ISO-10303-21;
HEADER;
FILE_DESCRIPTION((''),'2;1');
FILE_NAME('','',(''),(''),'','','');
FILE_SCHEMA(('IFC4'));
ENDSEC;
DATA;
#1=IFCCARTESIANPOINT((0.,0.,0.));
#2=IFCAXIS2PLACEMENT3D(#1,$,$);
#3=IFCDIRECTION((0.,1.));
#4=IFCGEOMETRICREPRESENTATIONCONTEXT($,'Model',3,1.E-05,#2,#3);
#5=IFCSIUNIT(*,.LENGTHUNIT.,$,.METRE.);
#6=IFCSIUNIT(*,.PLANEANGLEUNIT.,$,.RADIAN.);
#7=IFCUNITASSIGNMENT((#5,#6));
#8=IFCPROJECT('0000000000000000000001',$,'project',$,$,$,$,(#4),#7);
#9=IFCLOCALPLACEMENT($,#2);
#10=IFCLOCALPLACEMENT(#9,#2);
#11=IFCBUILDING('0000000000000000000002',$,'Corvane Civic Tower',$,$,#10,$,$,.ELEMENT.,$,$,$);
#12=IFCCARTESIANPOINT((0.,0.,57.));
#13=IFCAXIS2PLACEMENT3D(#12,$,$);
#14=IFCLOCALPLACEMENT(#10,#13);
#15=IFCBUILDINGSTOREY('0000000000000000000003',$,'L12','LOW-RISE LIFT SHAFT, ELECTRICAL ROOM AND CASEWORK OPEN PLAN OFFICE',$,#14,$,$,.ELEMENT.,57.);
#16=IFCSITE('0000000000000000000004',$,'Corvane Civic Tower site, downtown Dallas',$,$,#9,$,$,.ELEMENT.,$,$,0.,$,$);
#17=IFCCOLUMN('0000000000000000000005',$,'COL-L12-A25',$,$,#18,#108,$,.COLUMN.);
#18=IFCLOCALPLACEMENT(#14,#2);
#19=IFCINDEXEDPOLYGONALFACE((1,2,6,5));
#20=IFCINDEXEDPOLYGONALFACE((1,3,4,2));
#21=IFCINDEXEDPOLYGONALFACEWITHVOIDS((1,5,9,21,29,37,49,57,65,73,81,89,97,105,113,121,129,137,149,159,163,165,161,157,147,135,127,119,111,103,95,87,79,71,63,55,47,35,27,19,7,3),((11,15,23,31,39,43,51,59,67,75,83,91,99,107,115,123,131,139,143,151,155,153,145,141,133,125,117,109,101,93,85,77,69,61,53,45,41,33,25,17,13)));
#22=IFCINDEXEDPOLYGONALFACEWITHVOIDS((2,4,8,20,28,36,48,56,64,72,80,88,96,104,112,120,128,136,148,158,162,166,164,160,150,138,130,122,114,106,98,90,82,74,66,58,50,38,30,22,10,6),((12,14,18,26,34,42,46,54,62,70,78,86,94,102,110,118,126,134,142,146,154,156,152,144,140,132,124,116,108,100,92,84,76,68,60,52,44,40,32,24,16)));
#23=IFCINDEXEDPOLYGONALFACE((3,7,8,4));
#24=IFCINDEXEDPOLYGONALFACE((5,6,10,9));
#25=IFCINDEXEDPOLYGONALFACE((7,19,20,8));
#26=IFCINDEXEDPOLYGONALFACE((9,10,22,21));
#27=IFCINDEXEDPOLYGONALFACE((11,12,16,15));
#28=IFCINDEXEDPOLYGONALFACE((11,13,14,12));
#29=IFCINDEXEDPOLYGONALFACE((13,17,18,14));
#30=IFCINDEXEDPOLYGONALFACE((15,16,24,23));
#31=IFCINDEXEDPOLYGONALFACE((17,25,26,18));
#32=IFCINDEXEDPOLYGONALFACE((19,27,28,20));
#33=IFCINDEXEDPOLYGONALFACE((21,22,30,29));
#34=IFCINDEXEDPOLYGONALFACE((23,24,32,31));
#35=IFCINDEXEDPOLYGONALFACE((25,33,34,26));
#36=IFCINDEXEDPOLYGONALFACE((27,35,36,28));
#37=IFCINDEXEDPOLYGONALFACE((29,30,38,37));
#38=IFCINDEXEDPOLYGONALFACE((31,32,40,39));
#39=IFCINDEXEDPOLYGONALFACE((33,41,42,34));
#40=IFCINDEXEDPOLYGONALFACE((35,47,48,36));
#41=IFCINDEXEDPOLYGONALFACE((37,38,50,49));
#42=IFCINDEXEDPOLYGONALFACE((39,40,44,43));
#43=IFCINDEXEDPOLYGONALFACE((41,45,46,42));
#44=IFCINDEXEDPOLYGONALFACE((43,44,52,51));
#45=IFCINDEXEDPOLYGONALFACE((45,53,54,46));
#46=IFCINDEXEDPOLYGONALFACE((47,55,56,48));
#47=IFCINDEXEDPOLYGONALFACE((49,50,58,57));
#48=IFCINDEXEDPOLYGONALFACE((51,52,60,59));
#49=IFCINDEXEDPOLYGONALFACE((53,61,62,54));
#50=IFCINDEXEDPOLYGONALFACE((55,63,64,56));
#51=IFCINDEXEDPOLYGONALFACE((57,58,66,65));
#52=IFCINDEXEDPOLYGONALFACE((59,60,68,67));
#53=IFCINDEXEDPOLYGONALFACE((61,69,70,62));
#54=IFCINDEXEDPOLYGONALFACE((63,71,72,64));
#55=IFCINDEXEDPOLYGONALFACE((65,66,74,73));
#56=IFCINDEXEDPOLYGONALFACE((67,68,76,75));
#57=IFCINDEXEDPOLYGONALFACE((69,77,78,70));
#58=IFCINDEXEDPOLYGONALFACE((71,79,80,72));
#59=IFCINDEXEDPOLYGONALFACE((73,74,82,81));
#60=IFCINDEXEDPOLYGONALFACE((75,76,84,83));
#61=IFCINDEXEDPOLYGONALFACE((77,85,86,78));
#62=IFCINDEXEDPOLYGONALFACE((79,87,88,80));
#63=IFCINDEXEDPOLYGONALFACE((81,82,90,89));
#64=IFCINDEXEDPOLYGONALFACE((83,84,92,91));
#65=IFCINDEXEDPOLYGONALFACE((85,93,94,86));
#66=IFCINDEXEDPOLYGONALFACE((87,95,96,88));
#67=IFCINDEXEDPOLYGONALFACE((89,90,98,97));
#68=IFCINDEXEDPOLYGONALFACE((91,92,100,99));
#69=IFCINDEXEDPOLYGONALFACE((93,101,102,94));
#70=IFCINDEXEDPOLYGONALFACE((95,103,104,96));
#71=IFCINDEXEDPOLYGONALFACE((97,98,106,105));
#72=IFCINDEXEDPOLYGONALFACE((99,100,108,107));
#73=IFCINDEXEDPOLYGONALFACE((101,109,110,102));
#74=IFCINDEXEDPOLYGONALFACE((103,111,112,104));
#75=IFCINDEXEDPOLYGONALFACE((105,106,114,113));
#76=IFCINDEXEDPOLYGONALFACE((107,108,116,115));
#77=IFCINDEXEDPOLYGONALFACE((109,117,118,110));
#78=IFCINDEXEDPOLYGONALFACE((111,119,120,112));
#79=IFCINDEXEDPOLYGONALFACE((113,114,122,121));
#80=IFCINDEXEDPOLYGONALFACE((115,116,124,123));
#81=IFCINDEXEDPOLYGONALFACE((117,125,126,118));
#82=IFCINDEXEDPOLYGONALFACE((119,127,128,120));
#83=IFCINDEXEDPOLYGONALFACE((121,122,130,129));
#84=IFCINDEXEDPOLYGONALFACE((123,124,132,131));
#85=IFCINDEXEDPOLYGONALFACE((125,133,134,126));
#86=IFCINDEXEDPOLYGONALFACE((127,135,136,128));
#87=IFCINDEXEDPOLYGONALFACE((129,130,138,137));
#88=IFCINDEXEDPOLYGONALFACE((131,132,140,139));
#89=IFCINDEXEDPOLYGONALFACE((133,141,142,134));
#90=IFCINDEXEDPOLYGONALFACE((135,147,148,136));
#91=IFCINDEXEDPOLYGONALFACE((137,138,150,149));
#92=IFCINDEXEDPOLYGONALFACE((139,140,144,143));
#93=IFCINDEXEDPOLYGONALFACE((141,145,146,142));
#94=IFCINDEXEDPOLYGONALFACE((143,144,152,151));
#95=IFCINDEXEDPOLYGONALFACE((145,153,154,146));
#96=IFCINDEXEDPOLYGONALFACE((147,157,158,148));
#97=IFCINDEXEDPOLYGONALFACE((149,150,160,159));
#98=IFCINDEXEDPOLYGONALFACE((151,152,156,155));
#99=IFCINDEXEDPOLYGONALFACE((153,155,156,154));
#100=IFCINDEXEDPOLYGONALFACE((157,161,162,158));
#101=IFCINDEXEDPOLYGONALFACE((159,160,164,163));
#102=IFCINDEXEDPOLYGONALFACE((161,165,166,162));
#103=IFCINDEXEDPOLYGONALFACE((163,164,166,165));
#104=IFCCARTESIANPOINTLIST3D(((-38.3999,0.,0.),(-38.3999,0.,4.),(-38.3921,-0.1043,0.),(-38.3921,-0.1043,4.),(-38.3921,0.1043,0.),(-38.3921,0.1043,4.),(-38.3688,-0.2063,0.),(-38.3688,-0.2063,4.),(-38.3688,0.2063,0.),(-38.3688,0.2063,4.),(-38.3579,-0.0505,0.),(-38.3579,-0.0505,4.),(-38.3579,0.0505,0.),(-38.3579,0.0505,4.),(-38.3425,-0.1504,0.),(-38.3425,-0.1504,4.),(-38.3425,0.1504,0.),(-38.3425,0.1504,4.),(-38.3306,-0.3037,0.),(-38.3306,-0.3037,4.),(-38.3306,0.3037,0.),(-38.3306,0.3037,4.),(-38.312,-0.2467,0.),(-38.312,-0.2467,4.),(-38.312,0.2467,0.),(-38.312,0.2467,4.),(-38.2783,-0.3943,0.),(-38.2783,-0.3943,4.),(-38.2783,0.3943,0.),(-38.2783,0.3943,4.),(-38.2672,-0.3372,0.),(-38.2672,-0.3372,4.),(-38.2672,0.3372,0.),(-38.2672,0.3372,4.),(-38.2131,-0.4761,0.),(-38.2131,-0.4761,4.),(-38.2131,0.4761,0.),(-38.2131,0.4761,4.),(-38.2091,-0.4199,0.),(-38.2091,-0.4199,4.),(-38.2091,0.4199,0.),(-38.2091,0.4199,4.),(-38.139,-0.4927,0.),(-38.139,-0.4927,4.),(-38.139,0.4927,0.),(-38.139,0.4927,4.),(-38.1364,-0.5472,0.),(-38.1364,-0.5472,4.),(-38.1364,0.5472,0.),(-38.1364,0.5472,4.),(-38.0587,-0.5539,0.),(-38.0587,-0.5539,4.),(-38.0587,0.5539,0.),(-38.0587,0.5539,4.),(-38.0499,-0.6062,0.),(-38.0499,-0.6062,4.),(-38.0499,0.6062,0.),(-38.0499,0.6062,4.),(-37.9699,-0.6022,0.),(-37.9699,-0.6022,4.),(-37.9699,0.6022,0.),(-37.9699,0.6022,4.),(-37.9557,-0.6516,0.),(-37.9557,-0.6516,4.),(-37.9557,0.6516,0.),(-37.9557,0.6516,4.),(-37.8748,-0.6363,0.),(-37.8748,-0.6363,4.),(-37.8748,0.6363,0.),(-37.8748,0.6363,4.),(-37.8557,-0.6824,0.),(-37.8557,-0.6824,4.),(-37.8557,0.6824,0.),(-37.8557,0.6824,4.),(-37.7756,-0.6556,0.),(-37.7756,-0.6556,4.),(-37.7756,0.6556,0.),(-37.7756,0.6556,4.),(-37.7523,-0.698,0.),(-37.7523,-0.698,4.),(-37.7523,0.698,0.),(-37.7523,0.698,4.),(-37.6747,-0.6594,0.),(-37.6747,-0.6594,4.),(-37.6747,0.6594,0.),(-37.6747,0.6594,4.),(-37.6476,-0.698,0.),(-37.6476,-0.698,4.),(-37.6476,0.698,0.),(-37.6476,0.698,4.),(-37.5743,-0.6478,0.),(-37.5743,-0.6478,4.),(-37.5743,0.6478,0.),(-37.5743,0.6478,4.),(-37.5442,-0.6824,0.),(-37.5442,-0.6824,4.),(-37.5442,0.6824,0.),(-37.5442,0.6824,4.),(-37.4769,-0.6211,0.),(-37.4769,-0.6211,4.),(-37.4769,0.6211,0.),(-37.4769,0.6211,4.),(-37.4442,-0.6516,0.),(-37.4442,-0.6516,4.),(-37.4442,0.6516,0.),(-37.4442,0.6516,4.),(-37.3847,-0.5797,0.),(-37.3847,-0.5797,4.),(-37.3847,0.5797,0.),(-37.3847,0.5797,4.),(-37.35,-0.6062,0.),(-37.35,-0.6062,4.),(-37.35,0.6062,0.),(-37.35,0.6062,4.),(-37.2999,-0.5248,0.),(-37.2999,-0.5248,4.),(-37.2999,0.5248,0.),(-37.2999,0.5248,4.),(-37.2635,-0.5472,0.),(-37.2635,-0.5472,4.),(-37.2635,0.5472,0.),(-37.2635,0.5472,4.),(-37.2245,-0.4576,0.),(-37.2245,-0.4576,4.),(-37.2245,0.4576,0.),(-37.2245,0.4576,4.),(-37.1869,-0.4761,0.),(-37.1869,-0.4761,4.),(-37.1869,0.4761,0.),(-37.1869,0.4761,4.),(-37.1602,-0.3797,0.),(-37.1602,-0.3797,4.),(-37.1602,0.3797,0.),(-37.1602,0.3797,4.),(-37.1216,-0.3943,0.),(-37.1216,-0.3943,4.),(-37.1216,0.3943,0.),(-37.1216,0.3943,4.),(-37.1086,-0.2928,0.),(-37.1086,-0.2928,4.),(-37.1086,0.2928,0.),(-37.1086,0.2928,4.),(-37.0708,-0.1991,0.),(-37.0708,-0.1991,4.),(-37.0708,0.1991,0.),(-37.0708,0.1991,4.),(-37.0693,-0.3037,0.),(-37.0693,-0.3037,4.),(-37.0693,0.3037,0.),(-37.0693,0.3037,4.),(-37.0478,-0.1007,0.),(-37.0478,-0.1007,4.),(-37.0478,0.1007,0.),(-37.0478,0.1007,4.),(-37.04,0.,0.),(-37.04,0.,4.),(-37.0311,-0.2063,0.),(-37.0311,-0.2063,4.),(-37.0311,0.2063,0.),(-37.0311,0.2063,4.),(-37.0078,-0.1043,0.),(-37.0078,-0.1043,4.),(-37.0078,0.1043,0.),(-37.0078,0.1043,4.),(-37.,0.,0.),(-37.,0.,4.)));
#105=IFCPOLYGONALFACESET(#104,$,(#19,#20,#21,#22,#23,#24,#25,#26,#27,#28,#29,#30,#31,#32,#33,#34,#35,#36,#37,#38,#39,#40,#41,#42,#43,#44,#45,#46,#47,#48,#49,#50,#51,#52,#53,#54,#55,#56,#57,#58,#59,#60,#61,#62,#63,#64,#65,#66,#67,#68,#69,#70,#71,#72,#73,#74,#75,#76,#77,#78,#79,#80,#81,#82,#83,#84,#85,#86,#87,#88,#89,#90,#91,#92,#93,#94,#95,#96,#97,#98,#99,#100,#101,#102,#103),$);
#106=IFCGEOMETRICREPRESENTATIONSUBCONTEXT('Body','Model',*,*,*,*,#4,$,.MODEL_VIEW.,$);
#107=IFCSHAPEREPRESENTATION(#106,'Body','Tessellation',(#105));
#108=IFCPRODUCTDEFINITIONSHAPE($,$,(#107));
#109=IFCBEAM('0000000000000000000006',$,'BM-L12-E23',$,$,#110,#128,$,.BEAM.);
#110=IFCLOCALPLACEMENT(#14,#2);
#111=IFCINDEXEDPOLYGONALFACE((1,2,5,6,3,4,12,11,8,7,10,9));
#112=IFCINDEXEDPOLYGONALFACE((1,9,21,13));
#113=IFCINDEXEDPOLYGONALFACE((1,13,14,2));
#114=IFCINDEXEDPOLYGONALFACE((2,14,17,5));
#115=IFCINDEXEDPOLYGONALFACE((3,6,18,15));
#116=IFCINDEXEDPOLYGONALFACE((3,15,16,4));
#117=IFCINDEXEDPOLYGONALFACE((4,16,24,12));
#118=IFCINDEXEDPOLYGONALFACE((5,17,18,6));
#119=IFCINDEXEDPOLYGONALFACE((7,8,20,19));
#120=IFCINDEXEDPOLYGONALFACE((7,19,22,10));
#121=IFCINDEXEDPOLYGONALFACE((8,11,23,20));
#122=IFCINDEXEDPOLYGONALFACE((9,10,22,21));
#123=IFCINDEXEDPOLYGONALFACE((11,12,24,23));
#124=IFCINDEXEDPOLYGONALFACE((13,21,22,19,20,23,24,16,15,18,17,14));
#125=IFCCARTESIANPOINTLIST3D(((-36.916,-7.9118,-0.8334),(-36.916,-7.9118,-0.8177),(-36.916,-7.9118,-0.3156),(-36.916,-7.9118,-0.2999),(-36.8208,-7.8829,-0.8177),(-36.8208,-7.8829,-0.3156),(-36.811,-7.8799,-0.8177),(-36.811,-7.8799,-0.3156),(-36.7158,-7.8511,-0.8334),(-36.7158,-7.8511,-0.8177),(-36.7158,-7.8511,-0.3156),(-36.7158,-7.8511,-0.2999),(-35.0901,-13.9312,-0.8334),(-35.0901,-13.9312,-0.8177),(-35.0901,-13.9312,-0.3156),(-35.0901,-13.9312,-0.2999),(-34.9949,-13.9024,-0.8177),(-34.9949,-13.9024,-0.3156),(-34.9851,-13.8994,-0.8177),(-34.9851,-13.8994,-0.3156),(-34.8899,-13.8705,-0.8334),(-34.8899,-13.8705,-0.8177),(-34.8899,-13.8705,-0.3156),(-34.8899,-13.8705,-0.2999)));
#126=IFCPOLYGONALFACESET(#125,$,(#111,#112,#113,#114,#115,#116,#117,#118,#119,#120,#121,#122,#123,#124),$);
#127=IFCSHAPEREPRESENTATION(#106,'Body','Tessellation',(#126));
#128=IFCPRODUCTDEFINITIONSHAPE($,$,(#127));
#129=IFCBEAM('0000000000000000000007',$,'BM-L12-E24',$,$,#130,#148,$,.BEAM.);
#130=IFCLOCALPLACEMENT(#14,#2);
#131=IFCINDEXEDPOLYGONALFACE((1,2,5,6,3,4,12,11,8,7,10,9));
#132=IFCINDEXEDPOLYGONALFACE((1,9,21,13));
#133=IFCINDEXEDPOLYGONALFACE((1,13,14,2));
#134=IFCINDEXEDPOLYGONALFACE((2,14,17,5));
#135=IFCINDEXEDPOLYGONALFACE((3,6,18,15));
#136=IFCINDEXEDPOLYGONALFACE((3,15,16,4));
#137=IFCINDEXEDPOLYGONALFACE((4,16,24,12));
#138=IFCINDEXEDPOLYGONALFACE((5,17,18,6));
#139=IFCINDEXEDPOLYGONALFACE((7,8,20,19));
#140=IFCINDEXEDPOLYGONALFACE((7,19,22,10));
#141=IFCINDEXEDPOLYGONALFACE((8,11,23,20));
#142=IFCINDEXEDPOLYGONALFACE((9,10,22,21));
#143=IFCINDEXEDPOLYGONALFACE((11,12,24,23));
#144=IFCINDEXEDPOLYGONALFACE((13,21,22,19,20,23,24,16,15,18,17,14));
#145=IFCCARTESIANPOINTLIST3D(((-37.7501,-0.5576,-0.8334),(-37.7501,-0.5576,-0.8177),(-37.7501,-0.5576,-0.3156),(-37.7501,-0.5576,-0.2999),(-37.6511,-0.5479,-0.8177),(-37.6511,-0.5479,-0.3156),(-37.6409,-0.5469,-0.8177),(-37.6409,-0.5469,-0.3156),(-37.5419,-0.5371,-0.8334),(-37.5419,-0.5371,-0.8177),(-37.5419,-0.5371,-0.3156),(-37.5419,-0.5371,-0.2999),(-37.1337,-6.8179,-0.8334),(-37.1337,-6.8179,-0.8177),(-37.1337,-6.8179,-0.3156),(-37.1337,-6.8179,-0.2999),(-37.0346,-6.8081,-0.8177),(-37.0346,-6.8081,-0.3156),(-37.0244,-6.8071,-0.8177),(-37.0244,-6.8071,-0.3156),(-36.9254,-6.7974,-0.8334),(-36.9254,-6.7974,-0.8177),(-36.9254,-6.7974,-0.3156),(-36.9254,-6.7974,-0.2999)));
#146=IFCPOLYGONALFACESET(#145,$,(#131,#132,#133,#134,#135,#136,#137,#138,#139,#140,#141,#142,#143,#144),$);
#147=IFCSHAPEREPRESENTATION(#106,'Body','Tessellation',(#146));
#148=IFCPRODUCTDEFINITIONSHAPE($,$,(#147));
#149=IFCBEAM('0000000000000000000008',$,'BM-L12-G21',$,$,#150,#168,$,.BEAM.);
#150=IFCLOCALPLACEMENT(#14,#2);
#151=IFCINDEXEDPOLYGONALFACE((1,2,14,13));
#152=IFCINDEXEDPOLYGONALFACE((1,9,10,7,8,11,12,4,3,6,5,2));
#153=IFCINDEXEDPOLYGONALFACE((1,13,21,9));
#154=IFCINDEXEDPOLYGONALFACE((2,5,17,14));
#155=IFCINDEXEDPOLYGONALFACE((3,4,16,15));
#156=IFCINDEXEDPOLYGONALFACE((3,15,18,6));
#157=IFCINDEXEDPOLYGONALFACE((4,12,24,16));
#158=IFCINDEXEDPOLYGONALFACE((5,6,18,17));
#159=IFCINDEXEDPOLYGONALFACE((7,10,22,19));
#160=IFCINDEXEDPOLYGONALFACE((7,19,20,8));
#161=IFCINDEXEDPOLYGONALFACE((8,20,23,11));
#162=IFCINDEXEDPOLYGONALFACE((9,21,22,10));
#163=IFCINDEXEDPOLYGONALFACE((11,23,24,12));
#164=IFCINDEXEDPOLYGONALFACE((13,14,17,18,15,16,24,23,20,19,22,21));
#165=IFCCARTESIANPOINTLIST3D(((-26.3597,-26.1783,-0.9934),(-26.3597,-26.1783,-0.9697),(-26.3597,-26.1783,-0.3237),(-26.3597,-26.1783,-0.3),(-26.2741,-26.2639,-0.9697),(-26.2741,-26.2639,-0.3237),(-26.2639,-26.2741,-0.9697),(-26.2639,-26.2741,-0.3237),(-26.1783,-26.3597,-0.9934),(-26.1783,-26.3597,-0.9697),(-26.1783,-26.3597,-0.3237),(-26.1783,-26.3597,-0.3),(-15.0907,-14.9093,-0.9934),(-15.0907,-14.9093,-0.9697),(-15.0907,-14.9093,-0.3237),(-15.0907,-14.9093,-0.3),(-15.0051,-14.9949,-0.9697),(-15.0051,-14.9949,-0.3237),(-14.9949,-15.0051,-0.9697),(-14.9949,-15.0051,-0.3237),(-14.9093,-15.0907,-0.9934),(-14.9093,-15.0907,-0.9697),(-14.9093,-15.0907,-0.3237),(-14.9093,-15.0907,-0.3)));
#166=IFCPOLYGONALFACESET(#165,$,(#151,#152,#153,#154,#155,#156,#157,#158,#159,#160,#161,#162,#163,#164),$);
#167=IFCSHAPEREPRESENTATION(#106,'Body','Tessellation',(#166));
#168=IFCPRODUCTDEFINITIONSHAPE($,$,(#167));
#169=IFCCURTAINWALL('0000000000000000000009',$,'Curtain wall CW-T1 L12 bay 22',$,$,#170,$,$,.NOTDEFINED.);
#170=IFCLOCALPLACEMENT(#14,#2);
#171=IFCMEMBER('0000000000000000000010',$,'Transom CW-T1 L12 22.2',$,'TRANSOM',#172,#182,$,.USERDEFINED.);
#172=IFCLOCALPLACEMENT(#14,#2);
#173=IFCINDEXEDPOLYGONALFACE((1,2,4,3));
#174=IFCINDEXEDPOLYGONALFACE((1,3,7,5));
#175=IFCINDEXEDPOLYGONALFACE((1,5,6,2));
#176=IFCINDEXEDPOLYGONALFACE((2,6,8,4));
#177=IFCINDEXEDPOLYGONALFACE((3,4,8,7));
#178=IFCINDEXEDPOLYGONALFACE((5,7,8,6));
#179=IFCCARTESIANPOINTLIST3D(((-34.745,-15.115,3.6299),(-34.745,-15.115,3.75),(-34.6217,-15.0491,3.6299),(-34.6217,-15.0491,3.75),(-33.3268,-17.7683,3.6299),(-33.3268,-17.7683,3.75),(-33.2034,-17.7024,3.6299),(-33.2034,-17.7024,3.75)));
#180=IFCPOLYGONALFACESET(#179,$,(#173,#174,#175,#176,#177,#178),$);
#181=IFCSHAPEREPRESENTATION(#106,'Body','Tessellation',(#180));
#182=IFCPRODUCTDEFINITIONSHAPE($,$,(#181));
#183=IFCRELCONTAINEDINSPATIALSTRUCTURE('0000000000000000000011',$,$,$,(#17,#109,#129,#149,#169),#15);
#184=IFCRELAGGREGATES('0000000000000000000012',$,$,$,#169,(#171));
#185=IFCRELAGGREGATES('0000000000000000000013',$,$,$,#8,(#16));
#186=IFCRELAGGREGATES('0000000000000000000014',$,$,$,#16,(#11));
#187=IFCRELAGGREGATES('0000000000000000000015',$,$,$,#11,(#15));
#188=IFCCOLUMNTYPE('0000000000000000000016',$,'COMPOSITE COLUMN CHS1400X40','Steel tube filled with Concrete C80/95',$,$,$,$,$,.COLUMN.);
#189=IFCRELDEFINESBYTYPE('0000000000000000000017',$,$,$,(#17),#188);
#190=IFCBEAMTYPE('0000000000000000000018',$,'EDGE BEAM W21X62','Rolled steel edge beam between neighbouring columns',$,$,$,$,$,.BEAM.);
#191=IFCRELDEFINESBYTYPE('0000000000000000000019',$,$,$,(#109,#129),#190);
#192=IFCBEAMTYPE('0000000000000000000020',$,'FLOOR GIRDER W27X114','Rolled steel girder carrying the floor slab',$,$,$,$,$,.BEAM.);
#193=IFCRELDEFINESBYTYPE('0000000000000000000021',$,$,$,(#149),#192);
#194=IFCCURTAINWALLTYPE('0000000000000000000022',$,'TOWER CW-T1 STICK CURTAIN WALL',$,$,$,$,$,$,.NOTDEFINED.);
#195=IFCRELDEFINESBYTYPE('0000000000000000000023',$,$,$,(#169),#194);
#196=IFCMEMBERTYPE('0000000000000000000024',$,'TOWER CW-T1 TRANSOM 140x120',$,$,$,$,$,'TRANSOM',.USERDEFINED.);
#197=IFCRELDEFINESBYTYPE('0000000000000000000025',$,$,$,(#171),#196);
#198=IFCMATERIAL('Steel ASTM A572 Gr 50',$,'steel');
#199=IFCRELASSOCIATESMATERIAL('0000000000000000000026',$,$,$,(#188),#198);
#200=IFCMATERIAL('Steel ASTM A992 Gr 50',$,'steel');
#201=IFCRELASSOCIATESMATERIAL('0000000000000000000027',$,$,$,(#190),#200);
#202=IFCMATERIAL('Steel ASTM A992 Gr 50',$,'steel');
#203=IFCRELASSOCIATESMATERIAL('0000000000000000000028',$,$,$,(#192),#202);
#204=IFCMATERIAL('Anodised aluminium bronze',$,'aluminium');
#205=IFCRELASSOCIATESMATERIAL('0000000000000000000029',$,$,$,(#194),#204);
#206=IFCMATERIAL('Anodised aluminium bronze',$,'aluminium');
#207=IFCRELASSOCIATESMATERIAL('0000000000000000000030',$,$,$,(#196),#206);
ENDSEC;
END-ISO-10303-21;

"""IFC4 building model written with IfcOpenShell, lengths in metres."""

from ifc_helpers import new_model, si_unit, direction, frame, origin, origin_2d, place, context, subcontext, project, spatial, rectangle, hollow_circle, i_section, extrude, material, material_profile, profile_set, type_object, element, aggregate, save


model = new_model("IFC4")

# Units and contexts
model_context = context("Model", 3, precision=1e-05, world=origin(), true_north=direction((0.0, 1.0)))
body_context = subcontext(model_context, "Body", "Model", "MODEL_VIEW")
ifc_project = project(units=[si_unit("LENGTHUNIT", "METRE"), si_unit("PLANEANGLEUNIT", "RADIAN")], contexts=[model_context])

# Site, building, storey
site_placement = place(None, origin())
site = spatial("IfcSite", under=ifc_project, at=site_placement, Name="Corvane Civic Tower site, downtown Dallas", CompositionType="ELEMENT", RefElevation=0.0)
building_placement = place(site_placement, origin())
building = spatial("IfcBuilding", under=site, at=building_placement, Name="Corvane Civic Tower", CompositionType="ELEMENT")
storey_placement = place(building_placement, frame((0.0, 0.0, 57.0)))
storey = spatial("IfcBuildingStorey", under=building, at=storey_placement, Name="L12", Description="LOW-RISE LIFT SHAFT, ELECTRICAL ROOM AND CASEWORK OPEN PLAN OFFICE", CompositionType="ELEMENT", Elevation=57.0)

# Column
ifc_material_1 = material(Name="Steel ASTM A572 Gr 50", Category="steel")
ifc_material_profile_1 = material_profile(ifc_material_1, hollow_circle(Radius=0.7, WallThickness=0.04, at=origin_2d()), Name="CHS1400X40")
ifc_profile_set_1 = profile_set([ifc_material_profile_1], Name="Steel ASTM A572 Gr 50")
column_type = type_object("IfcColumnType", Name="COMPOSITE COLUMN CHS1400X40", Description="Steel tube filled with Concrete C80/95", PredefinedType="COLUMN", material=ifc_profile_set_1)
for number, where, z_axis, x_axis, name in (
    (1, (-37.7, 0.0, 0.0), (0.0, 0.0, 1.0), (1.0, 0.0, 0.0), "COL-L12-A25"),
):
    element("IfcColumn", number, at=place(storey_placement, frame(where, z_axis=z_axis, x_axis=x_axis)), inside=storey, type_object=column_type, Name=name, PredefinedType="COLUMN", context=body_context, shape_type="SweptSolid", body=[
        extrude(hollow_circle(Radius=0.7, WallThickness=0.04, at=origin_2d()), origin(), (0.0, 0.0, 1.0), 4.0),
    ])

# Beams
ifc_material_2 = material(Name="Steel ASTM A992 Gr 50", Category="steel")
ifc_material_profile_2 = material_profile(ifc_material_2, i_section(OverallWidth=0.2092, OverallDepth=0.5334, WebThickness=0.0103, FlangeThickness=0.0156, at=origin_2d()), Name="W21X62")
ifc_profile_set_2 = profile_set([ifc_material_profile_2], Name="Steel ASTM A992 Gr 50")
beam_type_1 = type_object("IfcBeamType", Name="EDGE BEAM W21X62", Description="Rolled steel edge beam between neighbouring columns", PredefinedType="BEAM", material=ifc_profile_set_2)
beam_1_placement = place(storey_placement, frame((-34.99, -13.9009, -0.5667), z_axis=(-0.290273, 0.956944, 0.0), x_axis=(-0.956944, -0.290273, 0.0)))
element("IfcBeam", 2, at=beam_1_placement, inside=storey, type_object=beam_type_1, Name="BM-L12-E23", PredefinedType="BEAM", context=body_context, shape_type="SweptSolid", body=[
    extrude(i_section(OverallWidth=0.2092, OverallDepth=0.5334, WebThickness=0.0103, FlangeThickness=0.0156, at=origin_2d()), origin(), (0.0, 0.0, 1.0), 6.2903),
])
beam_2_placement = place(storey_placement, frame((-37.0295, -6.8076, -0.5667), z_axis=(-0.097997, 0.995187, 0.0), x_axis=(-0.995187, -0.097997, 0.0)))
element("IfcBeam", 3, at=beam_2_placement, inside=storey, type_object=beam_type_1, Name="BM-L12-E24", PredefinedType="BEAM", context=body_context, shape_type="SweptSolid", body=[
    extrude(i_section(OverallWidth=0.2092, OverallDepth=0.5334, WebThickness=0.0103, FlangeThickness=0.0156, at=origin_2d()), origin(), (0.0, 0.0, 1.0), 6.2905),
])
ifc_material_3 = material(Name="Steel ASTM A992 Gr 50", Category="steel")
ifc_material_profile_3 = material_profile(ifc_material_3, i_section(OverallWidth=0.2566, OverallDepth=0.6934, WebThickness=0.0144, FlangeThickness=0.0237, at=origin_2d()), Name="W27X114")
ifc_profile_set_3 = profile_set([ifc_material_profile_3], Name="Steel ASTM A992 Gr 50")
beam_type_2 = type_object("IfcBeamType", Name="FLOOR GIRDER W27X114", Description="Rolled steel girder carrying the floor slab", PredefinedType="BEAM", material=ifc_profile_set_3)
beam_3_placement = place(storey_placement, frame((-15.0, -15.0, -0.6467), z_axis=(-0.707107, -0.707107, 0.0), x_axis=(0.707107, -0.707107, 0.0)))
element("IfcBeam", 4, at=beam_3_placement, inside=storey, type_object=beam_type_2, Name="BM-L12-G21", PredefinedType="BEAM", context=body_context, shape_type="SweptSolid", body=[
    extrude(i_section(OverallWidth=0.2566, OverallDepth=0.6934, WebThickness=0.0144, FlangeThickness=0.0237, at=origin_2d()), origin(), (0.0, 0.0, 1.0), 15.9368),
])

# Curtain wall, member
ifc_material_4 = material(Name="Anodised aluminium bronze", Category="aluminium")
curtain_wall_type = type_object("IfcCurtainWallType", Name="TOWER CW-T1 STICK CURTAIN WALL", PredefinedType="NOTDEFINED", material=ifc_material_4)
curtain_wall_1_placement = place(storey_placement, origin())
curtain_wall_1 = element("IfcCurtainWall", 5, at=curtain_wall_1_placement, inside=storey, type_object=curtain_wall_type, Name="Curtain wall CW-T1 L12 bay 22", PredefinedType="NOTDEFINED")
ifc_material_5 = material(Name="Anodised aluminium bronze", Category="aluminium")
ifc_material_profile_4 = material_profile(ifc_material_5, rectangle(XDim=0.1399, YDim=0.1201, at=origin_2d()), Name="TOWER CW-T1 TRANSOM 140x120")
ifc_profile_set_4 = profile_set([ifc_material_profile_4], Name="Anodised aluminium bronze")
member_type_1 = type_object("IfcMemberType", Name="TOWER CW-T1 TRANSOM 140x120", ElementType="TRANSOM", PredefinedType="USERDEFINED", material=ifc_profile_set_4)
member_1_placement = place(storey_placement, frame((-33.2651, -17.7354, 3.6899), z_axis=(-0.471393, 0.881924, 0.0), x_axis=(-0.881924, -0.471393, 0.0)))
member_1 = element("IfcMember", 6, at=member_1_placement, type_object=member_type_1, Name="Transom CW-T1 L12 22.2", ObjectType="TRANSOM", PredefinedType="USERDEFINED", context=body_context, shape_type="SweptSolid", body=[
    extrude(rectangle(XDim=0.1399, YDim=0.1201, at=origin_2d()), origin(), (0.0, 0.0, 1.0), 3.0085),
])

aggregate(curtain_wall_1, [member_1])

save(model, "model.ifc")
